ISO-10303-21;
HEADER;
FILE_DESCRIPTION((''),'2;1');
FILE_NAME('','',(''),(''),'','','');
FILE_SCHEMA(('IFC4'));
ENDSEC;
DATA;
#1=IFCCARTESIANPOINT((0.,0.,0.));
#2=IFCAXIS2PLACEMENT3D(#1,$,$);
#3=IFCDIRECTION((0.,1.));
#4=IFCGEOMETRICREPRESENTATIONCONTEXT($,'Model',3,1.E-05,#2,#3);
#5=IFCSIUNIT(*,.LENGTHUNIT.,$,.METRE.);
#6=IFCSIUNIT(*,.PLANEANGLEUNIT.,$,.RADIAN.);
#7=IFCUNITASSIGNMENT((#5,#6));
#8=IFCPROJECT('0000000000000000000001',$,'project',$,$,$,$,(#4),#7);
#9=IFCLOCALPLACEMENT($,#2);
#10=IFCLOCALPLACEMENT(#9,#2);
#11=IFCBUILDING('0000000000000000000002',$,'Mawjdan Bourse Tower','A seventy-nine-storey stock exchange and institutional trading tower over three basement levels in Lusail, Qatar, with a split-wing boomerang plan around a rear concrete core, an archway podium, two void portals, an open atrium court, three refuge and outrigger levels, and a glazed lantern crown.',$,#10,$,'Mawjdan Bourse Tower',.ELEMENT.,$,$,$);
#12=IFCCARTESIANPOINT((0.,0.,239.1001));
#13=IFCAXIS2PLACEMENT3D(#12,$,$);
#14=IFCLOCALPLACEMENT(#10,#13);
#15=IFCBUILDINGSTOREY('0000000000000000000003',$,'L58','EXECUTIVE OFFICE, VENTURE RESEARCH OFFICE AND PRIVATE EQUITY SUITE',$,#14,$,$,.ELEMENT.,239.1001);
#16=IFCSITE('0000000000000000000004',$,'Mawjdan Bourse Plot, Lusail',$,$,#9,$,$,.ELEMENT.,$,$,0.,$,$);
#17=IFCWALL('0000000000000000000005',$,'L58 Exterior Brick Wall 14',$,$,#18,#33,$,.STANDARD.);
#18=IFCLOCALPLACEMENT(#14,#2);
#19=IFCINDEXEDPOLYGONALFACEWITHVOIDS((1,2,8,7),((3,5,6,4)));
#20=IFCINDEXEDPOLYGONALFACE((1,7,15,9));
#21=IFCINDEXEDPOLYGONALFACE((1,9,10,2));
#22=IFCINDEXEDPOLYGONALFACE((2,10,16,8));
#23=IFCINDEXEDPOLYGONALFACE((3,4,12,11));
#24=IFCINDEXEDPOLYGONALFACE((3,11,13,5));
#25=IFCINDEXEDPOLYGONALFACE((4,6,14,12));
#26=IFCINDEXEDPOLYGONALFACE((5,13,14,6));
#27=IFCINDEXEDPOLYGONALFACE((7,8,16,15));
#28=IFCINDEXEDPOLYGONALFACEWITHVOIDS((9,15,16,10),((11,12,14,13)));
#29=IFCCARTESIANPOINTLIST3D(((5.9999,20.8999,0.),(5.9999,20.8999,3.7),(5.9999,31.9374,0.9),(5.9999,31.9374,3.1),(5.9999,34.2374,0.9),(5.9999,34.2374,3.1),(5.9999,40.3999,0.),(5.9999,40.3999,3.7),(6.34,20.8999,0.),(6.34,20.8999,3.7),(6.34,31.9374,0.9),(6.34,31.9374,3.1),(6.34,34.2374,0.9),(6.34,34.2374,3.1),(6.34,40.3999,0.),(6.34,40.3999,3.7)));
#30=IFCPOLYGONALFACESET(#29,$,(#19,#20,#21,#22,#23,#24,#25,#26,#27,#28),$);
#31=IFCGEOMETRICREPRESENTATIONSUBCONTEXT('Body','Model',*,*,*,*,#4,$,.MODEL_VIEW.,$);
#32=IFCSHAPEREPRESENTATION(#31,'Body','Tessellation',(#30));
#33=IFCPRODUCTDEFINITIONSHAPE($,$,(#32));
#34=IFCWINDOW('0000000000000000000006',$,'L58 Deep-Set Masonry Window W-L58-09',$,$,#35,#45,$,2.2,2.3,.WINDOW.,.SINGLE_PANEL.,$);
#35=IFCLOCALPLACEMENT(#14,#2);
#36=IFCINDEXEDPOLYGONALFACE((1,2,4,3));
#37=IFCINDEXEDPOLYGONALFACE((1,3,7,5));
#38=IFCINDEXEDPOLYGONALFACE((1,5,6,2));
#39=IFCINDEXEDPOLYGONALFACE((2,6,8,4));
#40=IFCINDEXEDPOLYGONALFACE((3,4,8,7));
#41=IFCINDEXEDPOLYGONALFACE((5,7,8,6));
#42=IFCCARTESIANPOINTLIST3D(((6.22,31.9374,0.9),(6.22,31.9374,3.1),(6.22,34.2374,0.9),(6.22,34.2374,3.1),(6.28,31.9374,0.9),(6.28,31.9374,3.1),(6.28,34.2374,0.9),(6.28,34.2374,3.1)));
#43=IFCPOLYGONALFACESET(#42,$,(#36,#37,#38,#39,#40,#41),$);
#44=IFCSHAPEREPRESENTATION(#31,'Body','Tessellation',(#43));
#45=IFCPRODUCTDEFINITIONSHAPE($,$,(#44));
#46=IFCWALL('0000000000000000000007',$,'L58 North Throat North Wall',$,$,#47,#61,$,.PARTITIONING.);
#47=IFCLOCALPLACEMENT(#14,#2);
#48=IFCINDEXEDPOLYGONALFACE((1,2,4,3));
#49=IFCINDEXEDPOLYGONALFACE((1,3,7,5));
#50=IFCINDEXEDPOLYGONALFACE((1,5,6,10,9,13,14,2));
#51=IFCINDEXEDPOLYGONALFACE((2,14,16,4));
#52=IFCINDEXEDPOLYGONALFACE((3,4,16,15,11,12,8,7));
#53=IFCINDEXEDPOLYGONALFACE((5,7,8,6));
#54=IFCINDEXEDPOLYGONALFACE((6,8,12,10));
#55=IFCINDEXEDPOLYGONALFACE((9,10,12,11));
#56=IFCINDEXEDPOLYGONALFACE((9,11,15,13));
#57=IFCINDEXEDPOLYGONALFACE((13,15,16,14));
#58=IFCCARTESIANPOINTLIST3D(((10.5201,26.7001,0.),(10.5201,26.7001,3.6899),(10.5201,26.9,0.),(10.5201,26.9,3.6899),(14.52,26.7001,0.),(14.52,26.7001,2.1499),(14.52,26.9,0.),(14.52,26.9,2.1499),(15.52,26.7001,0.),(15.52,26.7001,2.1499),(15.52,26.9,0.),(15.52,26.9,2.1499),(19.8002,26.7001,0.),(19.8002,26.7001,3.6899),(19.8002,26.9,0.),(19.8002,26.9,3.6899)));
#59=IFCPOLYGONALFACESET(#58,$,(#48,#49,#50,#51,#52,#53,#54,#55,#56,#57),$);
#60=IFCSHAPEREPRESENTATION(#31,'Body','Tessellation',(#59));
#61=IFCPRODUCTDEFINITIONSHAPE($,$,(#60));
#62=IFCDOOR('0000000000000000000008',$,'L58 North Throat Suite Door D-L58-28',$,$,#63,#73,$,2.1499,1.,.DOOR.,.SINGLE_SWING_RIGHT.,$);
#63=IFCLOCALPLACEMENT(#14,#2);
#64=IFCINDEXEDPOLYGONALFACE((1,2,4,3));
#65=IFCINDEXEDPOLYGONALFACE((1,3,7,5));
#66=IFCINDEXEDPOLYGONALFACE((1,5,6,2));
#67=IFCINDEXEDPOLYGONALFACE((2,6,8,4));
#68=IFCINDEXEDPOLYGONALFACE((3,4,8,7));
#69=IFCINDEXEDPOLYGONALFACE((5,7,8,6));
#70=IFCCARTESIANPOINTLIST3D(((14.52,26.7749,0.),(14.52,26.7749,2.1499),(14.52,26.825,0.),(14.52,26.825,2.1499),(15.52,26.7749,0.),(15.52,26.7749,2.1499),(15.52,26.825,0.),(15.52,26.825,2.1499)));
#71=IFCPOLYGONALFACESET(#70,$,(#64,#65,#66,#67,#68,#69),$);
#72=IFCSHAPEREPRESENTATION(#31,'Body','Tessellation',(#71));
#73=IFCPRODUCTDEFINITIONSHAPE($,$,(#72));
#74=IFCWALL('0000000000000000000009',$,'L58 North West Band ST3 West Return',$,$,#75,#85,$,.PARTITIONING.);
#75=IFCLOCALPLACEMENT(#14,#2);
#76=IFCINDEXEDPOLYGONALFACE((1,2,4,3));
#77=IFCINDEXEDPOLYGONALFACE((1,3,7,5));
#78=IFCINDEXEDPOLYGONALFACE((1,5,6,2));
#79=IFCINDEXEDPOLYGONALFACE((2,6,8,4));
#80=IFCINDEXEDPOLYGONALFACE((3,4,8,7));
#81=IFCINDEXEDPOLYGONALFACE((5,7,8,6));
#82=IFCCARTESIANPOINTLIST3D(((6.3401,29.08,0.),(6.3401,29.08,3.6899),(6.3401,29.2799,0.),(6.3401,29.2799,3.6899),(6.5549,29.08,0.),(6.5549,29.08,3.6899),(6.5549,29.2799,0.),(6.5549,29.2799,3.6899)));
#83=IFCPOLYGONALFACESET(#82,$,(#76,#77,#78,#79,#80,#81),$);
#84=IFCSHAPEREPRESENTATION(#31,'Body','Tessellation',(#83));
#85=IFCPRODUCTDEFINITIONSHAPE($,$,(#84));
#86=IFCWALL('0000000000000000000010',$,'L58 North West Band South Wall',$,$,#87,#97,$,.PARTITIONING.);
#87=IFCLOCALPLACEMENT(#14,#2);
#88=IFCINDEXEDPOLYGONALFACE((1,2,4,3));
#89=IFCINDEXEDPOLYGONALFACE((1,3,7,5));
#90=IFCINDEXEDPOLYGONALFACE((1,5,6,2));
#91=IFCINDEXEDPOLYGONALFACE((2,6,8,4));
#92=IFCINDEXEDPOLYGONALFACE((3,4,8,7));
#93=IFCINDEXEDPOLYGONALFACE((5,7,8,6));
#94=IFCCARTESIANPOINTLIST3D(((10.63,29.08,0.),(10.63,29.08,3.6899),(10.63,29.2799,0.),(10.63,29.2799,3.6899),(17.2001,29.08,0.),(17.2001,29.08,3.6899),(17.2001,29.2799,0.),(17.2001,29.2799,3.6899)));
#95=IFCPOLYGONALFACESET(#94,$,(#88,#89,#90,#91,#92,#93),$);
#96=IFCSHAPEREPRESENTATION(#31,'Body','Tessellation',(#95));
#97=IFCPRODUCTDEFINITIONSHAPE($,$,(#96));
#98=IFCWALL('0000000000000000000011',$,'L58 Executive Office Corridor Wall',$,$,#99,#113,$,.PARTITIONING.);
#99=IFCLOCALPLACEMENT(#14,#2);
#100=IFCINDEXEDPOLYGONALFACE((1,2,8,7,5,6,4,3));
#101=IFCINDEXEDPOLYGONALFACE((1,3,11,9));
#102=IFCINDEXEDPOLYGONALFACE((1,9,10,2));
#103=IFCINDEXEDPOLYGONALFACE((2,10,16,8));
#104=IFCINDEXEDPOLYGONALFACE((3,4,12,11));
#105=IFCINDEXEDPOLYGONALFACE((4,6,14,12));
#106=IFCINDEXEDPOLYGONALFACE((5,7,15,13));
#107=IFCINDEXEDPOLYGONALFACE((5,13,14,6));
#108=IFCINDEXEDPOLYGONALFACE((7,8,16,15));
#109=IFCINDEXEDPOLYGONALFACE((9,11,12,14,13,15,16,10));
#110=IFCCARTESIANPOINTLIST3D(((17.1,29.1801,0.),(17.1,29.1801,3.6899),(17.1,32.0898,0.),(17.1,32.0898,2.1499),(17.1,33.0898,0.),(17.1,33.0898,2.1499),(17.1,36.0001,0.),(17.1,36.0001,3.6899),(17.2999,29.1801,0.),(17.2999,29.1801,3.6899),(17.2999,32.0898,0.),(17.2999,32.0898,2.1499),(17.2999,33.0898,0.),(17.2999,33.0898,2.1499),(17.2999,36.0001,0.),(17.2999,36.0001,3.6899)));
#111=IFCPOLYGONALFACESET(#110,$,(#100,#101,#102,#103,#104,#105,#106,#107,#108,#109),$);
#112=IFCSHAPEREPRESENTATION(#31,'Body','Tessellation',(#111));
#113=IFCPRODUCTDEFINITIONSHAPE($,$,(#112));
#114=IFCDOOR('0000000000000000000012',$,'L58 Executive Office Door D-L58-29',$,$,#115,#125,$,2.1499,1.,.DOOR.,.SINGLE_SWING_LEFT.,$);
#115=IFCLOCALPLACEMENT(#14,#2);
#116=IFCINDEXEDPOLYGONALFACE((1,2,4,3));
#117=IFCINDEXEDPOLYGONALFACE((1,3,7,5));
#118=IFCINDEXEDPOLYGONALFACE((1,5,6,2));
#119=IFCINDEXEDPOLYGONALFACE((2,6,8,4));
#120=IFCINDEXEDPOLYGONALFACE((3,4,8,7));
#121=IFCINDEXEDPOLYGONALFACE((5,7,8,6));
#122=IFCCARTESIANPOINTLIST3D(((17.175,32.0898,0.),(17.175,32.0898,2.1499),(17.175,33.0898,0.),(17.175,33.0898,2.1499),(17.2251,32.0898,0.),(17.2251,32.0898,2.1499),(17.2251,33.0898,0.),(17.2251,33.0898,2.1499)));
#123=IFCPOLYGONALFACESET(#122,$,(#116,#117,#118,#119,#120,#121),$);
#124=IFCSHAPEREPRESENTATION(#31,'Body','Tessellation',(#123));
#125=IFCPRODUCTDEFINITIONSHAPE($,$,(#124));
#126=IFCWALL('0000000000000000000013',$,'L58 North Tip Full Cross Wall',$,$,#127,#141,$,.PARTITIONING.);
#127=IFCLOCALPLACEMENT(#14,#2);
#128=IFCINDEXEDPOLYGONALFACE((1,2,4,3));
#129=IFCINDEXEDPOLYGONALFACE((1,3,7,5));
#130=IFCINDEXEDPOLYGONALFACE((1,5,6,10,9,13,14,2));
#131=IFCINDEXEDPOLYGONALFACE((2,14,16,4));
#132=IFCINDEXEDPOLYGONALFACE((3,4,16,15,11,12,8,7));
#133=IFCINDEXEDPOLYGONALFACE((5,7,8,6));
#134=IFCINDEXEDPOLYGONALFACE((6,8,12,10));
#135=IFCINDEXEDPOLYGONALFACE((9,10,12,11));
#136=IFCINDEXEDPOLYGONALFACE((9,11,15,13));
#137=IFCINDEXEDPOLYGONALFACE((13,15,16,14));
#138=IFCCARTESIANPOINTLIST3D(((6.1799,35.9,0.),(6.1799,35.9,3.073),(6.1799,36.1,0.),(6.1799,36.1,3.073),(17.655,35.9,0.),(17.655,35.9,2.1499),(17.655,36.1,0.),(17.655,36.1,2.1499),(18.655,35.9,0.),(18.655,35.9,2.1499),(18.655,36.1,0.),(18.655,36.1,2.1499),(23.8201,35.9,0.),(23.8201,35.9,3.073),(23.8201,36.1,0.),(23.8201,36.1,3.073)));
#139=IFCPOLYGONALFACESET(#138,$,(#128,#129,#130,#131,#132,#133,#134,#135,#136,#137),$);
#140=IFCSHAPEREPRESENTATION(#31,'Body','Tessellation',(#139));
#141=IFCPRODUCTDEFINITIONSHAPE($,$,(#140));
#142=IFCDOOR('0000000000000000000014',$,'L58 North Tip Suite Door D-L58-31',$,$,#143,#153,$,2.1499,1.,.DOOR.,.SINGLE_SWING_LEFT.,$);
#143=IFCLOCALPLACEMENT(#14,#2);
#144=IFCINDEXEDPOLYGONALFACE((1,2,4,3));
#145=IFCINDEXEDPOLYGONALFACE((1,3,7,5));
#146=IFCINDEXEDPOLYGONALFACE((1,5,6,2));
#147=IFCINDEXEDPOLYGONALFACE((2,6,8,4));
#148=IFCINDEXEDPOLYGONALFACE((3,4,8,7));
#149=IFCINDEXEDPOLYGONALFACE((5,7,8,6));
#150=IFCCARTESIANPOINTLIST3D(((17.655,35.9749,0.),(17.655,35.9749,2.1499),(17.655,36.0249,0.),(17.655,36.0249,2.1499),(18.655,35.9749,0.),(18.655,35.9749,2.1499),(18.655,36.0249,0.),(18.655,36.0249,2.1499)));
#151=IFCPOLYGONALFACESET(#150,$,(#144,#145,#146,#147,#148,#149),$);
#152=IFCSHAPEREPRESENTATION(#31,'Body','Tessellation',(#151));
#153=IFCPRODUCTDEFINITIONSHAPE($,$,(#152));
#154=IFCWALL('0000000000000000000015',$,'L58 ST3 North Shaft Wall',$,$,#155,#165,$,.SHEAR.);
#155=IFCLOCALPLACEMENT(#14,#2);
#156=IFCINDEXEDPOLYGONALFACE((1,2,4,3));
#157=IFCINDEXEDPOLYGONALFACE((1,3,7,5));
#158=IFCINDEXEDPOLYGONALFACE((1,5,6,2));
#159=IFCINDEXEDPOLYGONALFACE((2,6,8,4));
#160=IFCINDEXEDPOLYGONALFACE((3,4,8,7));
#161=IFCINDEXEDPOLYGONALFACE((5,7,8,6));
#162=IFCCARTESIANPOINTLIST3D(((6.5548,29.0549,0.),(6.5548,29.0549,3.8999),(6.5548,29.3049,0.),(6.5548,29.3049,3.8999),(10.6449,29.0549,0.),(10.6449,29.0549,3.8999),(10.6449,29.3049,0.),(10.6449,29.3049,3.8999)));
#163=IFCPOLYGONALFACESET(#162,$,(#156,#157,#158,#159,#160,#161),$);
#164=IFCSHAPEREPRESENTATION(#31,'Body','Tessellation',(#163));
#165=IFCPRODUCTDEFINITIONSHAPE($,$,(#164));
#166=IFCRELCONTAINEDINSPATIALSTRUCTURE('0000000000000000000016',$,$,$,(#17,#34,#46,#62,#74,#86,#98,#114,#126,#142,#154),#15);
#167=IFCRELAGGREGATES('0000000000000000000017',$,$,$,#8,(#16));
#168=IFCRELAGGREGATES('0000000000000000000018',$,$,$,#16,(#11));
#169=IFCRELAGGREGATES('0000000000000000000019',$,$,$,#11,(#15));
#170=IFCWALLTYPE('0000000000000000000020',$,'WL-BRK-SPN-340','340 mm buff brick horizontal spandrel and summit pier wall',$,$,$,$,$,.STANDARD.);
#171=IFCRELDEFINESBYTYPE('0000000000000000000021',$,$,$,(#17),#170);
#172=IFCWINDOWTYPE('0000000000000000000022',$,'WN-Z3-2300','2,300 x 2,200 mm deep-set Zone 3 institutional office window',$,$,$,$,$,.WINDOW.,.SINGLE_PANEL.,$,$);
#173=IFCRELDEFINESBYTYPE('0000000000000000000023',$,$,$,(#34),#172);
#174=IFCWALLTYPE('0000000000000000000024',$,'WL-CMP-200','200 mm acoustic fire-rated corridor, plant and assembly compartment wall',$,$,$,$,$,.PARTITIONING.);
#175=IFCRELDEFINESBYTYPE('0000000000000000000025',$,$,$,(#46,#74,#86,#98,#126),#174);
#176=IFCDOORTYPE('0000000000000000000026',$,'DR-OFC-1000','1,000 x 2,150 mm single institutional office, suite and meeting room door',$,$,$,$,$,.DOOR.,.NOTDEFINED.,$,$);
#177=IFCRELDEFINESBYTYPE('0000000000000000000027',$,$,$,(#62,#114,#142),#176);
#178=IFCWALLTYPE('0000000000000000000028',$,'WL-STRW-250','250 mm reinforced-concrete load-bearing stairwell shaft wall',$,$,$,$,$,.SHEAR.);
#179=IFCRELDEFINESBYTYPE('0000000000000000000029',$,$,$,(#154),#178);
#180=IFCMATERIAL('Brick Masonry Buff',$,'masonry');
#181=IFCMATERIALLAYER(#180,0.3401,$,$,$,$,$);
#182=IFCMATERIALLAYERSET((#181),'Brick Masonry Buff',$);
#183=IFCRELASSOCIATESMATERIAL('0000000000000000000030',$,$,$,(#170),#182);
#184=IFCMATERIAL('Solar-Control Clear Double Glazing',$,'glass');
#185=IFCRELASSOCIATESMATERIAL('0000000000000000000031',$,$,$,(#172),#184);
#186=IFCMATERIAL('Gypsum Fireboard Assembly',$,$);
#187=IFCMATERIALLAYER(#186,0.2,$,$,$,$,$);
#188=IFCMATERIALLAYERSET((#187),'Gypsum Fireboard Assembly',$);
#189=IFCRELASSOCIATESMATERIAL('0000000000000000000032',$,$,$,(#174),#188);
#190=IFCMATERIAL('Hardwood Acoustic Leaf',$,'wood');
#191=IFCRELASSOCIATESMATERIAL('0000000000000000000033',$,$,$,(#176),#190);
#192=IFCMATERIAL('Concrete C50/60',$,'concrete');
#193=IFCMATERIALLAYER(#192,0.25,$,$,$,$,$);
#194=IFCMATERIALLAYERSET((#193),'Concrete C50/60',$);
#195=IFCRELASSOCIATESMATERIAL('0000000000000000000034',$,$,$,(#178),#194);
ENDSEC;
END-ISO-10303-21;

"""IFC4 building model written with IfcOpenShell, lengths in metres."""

from ifc_helpers import new_model, si_unit, direction, frame, frame_2d, origin, place, context, subcontext, project, spatial, rectangle, extrude, material, layer, layer_set, type_object, element, fill, save


model = new_model("IFC4")

# Units and contexts
model_context = context("Model", 3, precision=1e-05, world=origin(), true_north=direction((0.0, 1.0)))
body_context = subcontext(model_context, "Body", "Model", "MODEL_VIEW")
ifc_project = project(units=[si_unit("LENGTHUNIT", "METRE"), si_unit("PLANEANGLEUNIT", "RADIAN")], contexts=[model_context])

# Site, building, storey
site_placement = place(None, origin())
site = spatial("IfcSite", under=ifc_project, at=site_placement, Name="Mawjdan Bourse Plot, Lusail", CompositionType="ELEMENT", RefElevation=0.0)
building_placement = place(site_placement, origin())
building = spatial("IfcBuilding", under=site, at=building_placement, Name="Mawjdan Bourse Tower", Description="A seventy-nine-storey stock exchange and institutional trading tower over three basement levels in Lusail, Qatar, with a split-wing boomerang plan around a rear concrete core, an archway podium, two void portals, an open atrium court, three refuge and outrigger levels, and a glazed lantern crown.", LongName="Mawjdan Bourse Tower", CompositionType="ELEMENT")
storey_placement = place(building_placement, frame((0.0, 0.0, 239.1001)))
storey = spatial("IfcBuildingStorey", under=building, at=storey_placement, Name="L58", Description="EXECUTIVE OFFICE, VENTURE RESEARCH OFFICE AND PRIVATE EQUITY SUITE", CompositionType="ELEMENT", Elevation=239.1001)

# Shared definitions
ifc_material_1 = material(Name="Brick Masonry Buff", Category="masonry")
ifc_layer_1 = layer(ifc_material_1, 0.3401)
ifc_layer_set_1 = layer_set([ifc_layer_1], Name="Brick Masonry Buff")
wall_type_1 = type_object("IfcWallType", Name="WL-BRK-SPN-340", Description="340 mm buff brick horizontal spandrel and summit pier wall", PredefinedType="STANDARD", material=ifc_layer_set_1)

# Wall, opening, window
wall_1_placement = place(storey_placement, frame((6.1699, 40.3999, 0.0), z_axis=(0.0, 0.0, 1.0), x_axis=(0.0, -1.0, 0.0)))
wall_1 = element("IfcWall", 1, at=wall_1_placement, inside=storey, type_object=wall_type_1, Name="L58 Exterior Brick Wall 14", PredefinedType="STANDARD", context=body_context, shape_type="SweptSolid", body=[
    extrude(rectangle(XDim=19.5, YDim=0.3401, at=frame_2d((9.75, 0.0))), origin(), (0.0, 0.0, 1.0), 3.7),
])
opening_1_placement = place(wall_1_placement, frame((6.1626, 0.0, 0.8999)))
opening_1 = element("IfcOpeningElement", 2, at=opening_1_placement, cuts=wall_1, PredefinedType="OPENING", context=body_context, shape_type="SweptSolid", body=[
    extrude(rectangle(XDim=2.3, YDim=2.2, at=frame_2d((1.1499, 1.1001))), frame((0.0, 0.1802, 0.0), z_axis=(0.0, -1.0, 0.0), x_axis=(1.0, 0.0, 0.0)), (0.0, 0.0, 1.0), 0.3601),
])
ifc_material_2 = material(Name="Solar-Control Clear Double Glazing", Category="glass")
window_type = type_object("IfcWindowType", Name="WN-Z3-2300", Description="2,300 x 2,200 mm deep-set Zone 3 institutional office window", PartitioningType="SINGLE_PANEL", PredefinedType="WINDOW", material=ifc_material_2)
window_placement = place(opening_1_placement, origin())
window = element("IfcWindow", 3, at=window_placement, inside=storey, type_object=window_type, Name="L58 Deep-Set Masonry Window W-L58-09", OverallHeight=2.2, OverallWidth=2.3, PartitioningType="SINGLE_PANEL", PredefinedType="WINDOW", context=body_context, shape_type="SweptSolid", body=[
    extrude(rectangle(XDim=2.3, YDim=2.2, at=frame_2d((1.1499, 1.1001))), frame((0.0, 0.1101, 0.0), z_axis=(0.0, -1.0, 0.0), x_axis=(1.0, 0.0, 0.0)), (0.0, 0.0, 1.0), 0.0601),
])
fill(opening_1, window)

# Wall, opening, door
ifc_material_3 = material(Name="Gypsum Fireboard Assembly")
ifc_layer_2 = layer(ifc_material_3, 0.2)
ifc_layer_set_2 = layer_set([ifc_layer_2], Name="Gypsum Fireboard Assembly")
wall_type_2 = type_object("IfcWallType", Name="WL-CMP-200", Description="200 mm acoustic fire-rated corridor, plant and assembly compartment wall", PredefinedType="PARTITIONING", material=ifc_layer_set_2)
wall_2_placement = place(storey_placement, frame((10.52, 26.8, 0.0), z_axis=(0.0, 0.0, 1.0), x_axis=(1.0, 0.0, 0.0)))
wall_2 = element("IfcWall", 4, at=wall_2_placement, inside=storey, type_object=wall_type_2, Name="L58 North Throat North Wall", PredefinedType="PARTITIONING", context=body_context, shape_type="SweptSolid", body=[
    extrude(rectangle(XDim=9.28, YDim=0.2, at=frame_2d((4.6401, 0.0))), origin(), (0.0, 0.0, 1.0), 3.6899),
])
opening_2_placement = place(wall_2_placement, frame((4.0, 0.0, 0.0)))
opening_2 = element("IfcOpeningElement", 5, at=opening_2_placement, cuts=wall_2, PredefinedType="OPENING", context=body_context, shape_type="SweptSolid", body=[
    extrude(rectangle(XDim=1.0, YDim=2.1499, at=frame_2d((0.5, 1.075))), frame((0.0, 0.1099, 0.0), z_axis=(0.0, -1.0, 0.0), x_axis=(1.0, 0.0, 0.0)), (0.0, 0.0, 1.0), 0.22),
])
ifc_material_4 = material(Name="Hardwood Acoustic Leaf", Category="wood")
door_type = type_object("IfcDoorType", Name="DR-OFC-1000", Description="1,000 x 2,150 mm single institutional office, suite and meeting room door", OperationType="NOTDEFINED", PredefinedType="DOOR", material=ifc_material_4)
door_1_placement = place(opening_2_placement, origin())
door_1 = element("IfcDoor", 6, at=door_1_placement, inside=storey, type_object=door_type, Name="L58 North Throat Suite Door D-L58-28", OperationType="SINGLE_SWING_RIGHT", OverallHeight=2.1499, OverallWidth=1.0, PredefinedType="DOOR", context=body_context, shape_type="SweptSolid", body=[
    extrude(rectangle(XDim=1.0, YDim=2.1499, at=frame_2d((0.5, 1.075))), frame((0.0, 0.0249, 0.0), z_axis=(0.0, -1.0, 0.0), x_axis=(1.0, 0.0, 0.0)), (0.0, 0.0, 1.0), 0.05),
])
fill(opening_2, door_1)

# Walls
wall_3_placement = place(storey_placement, frame((6.3401, 29.1799, 0.0), z_axis=(0.0, 0.0, 1.0), x_axis=(1.0, 0.0, 0.0)))
element("IfcWall", 7, at=wall_3_placement, inside=storey, type_object=wall_type_2, Name="L58 North West Band ST3 West Return", PredefinedType="PARTITIONING", context=body_context, shape_type="SweptSolid", body=[
    extrude(rectangle(XDim=0.2148, YDim=0.2, at=frame_2d((0.1074, 0.0))), origin(), (0.0, 0.0, 1.0), 3.6899),
])
wall_4_placement = place(storey_placement, frame((10.6299, 29.1799, 0.0), z_axis=(0.0, 0.0, 1.0), x_axis=(1.0, 0.0, 0.0)))
element("IfcWall", 8, at=wall_4_placement, inside=storey, type_object=wall_type_2, Name="L58 North West Band South Wall", PredefinedType="PARTITIONING", context=body_context, shape_type="SweptSolid", body=[
    extrude(rectangle(XDim=6.5701, YDim=0.2, at=frame_2d((3.2852, 0.0))), origin(), (0.0, 0.0, 1.0), 3.6899),
])

# Walls, openings, doors
wall_5_placement = place(storey_placement, frame((17.2, 29.1799, 0.0), z_axis=(0.0, 0.0, 1.0), x_axis=(0.0, 1.0, 0.0)))
wall_5 = element("IfcWall", 9, at=wall_5_placement, inside=storey, type_object=wall_type_2, Name="L58 Executive Office Corridor Wall", PredefinedType="PARTITIONING", context=body_context, shape_type="SweptSolid", body=[
    extrude(rectangle(XDim=6.8201, YDim=0.2, at=frame_2d((3.4102, 0.0))), origin(), (0.0, 0.0, 1.0), 3.6899),
])
opening_3_placement = place(wall_5_placement, frame((2.9099, 0.0, 0.0)))
opening_3 = element("IfcOpeningElement", 10, at=opening_3_placement, cuts=wall_5, PredefinedType="OPENING", context=body_context, shape_type="SweptSolid", body=[
    extrude(rectangle(XDim=1.0, YDim=2.1499, at=frame_2d((0.5, 1.075))), frame((0.0, 0.1099, 0.0), z_axis=(0.0, -1.0, 0.0), x_axis=(1.0, 0.0, 0.0)), (0.0, 0.0, 1.0), 0.22),
])
door_2_placement = place(opening_3_placement, origin())
door_2 = element("IfcDoor", 11, at=door_2_placement, inside=storey, type_object=door_type, Name="L58 Executive Office Door D-L58-29", OperationType="SINGLE_SWING_LEFT", OverallHeight=2.1499, OverallWidth=1.0, PredefinedType="DOOR", context=body_context, shape_type="SweptSolid", body=[
    extrude(rectangle(XDim=1.0, YDim=2.1499, at=frame_2d((0.5, 1.075))), frame((0.0, 0.0249, 0.0), z_axis=(0.0, -1.0, 0.0), x_axis=(1.0, 0.0, 0.0)), (0.0, 0.0, 1.0), 0.05),
])
fill(opening_3, door_2)
wall_6_placement = place(storey_placement, frame((6.1799, 36.0, 0.0), z_axis=(0.0, 0.0, 1.0), x_axis=(1.0, 0.0, 0.0)))
wall_6 = element("IfcWall", 12, at=wall_6_placement, inside=storey, type_object=wall_type_2, Name="L58 North Tip Full Cross Wall", PredefinedType="PARTITIONING", context=body_context, shape_type="SweptSolid", body=[
    extrude(rectangle(XDim=17.6401, YDim=0.2, at=frame_2d((8.8201, 0.0))), origin(), (0.0, 0.0, 1.0), 3.073),
])
opening_4_placement = place(wall_6_placement, frame((11.4751, 0.0, 0.0)))
opening_4 = element("IfcOpeningElement", 13, at=opening_4_placement, cuts=wall_6, PredefinedType="OPENING", context=body_context, shape_type="SweptSolid", body=[
    extrude(rectangle(XDim=1.0, YDim=2.1499, at=frame_2d((0.5, 1.075))), frame((0.0, 0.1099, 0.0), z_axis=(0.0, -1.0, 0.0), x_axis=(1.0, 0.0, 0.0)), (0.0, 0.0, 1.0), 0.22),
])
door_3_placement = place(opening_4_placement, origin())
door_3 = element("IfcDoor", 14, at=door_3_placement, inside=storey, type_object=door_type, Name="L58 North Tip Suite Door D-L58-31", OperationType="SINGLE_SWING_LEFT", OverallHeight=2.1499, OverallWidth=1.0, PredefinedType="DOOR", context=body_context, shape_type="SweptSolid", body=[
    extrude(rectangle(XDim=1.0, YDim=2.1499, at=frame_2d((0.5, 1.075))), frame((0.0, 0.0249, 0.0), z_axis=(0.0, -1.0, 0.0), x_axis=(1.0, 0.0, 0.0)), (0.0, 0.0, 1.0), 0.05),
])
fill(opening_4, door_3)

# Wall
ifc_material_5 = material(Name="Concrete C50/60", Category="concrete")
ifc_layer_3 = layer(ifc_material_5, 0.25)
ifc_layer_set_3 = layer_set([ifc_layer_3], Name="Concrete C50/60")
wall_type_3 = type_object("IfcWallType", Name="WL-STRW-250", Description="250 mm reinforced-concrete load-bearing stairwell shaft wall", PredefinedType="SHEAR", material=ifc_layer_set_3)
wall_7_placement = place(storey_placement, frame((6.5549, 29.1799, 0.0), z_axis=(0.0, 0.0, 1.0), x_axis=(1.0, 0.0, 0.0)))
element("IfcWall", 15, at=wall_7_placement, inside=storey, type_object=wall_type_3, Name="L58 ST3 North Shaft Wall", PredefinedType="SHEAR", context=body_context, shape_type="SweptSolid", body=[
    extrude(rectangle(XDim=4.0901, YDim=0.25, at=frame_2d((2.0449, 0.0))), origin(), (0.0, 0.0, 1.0), 3.8999),
])

save(model, "model.ifc")
